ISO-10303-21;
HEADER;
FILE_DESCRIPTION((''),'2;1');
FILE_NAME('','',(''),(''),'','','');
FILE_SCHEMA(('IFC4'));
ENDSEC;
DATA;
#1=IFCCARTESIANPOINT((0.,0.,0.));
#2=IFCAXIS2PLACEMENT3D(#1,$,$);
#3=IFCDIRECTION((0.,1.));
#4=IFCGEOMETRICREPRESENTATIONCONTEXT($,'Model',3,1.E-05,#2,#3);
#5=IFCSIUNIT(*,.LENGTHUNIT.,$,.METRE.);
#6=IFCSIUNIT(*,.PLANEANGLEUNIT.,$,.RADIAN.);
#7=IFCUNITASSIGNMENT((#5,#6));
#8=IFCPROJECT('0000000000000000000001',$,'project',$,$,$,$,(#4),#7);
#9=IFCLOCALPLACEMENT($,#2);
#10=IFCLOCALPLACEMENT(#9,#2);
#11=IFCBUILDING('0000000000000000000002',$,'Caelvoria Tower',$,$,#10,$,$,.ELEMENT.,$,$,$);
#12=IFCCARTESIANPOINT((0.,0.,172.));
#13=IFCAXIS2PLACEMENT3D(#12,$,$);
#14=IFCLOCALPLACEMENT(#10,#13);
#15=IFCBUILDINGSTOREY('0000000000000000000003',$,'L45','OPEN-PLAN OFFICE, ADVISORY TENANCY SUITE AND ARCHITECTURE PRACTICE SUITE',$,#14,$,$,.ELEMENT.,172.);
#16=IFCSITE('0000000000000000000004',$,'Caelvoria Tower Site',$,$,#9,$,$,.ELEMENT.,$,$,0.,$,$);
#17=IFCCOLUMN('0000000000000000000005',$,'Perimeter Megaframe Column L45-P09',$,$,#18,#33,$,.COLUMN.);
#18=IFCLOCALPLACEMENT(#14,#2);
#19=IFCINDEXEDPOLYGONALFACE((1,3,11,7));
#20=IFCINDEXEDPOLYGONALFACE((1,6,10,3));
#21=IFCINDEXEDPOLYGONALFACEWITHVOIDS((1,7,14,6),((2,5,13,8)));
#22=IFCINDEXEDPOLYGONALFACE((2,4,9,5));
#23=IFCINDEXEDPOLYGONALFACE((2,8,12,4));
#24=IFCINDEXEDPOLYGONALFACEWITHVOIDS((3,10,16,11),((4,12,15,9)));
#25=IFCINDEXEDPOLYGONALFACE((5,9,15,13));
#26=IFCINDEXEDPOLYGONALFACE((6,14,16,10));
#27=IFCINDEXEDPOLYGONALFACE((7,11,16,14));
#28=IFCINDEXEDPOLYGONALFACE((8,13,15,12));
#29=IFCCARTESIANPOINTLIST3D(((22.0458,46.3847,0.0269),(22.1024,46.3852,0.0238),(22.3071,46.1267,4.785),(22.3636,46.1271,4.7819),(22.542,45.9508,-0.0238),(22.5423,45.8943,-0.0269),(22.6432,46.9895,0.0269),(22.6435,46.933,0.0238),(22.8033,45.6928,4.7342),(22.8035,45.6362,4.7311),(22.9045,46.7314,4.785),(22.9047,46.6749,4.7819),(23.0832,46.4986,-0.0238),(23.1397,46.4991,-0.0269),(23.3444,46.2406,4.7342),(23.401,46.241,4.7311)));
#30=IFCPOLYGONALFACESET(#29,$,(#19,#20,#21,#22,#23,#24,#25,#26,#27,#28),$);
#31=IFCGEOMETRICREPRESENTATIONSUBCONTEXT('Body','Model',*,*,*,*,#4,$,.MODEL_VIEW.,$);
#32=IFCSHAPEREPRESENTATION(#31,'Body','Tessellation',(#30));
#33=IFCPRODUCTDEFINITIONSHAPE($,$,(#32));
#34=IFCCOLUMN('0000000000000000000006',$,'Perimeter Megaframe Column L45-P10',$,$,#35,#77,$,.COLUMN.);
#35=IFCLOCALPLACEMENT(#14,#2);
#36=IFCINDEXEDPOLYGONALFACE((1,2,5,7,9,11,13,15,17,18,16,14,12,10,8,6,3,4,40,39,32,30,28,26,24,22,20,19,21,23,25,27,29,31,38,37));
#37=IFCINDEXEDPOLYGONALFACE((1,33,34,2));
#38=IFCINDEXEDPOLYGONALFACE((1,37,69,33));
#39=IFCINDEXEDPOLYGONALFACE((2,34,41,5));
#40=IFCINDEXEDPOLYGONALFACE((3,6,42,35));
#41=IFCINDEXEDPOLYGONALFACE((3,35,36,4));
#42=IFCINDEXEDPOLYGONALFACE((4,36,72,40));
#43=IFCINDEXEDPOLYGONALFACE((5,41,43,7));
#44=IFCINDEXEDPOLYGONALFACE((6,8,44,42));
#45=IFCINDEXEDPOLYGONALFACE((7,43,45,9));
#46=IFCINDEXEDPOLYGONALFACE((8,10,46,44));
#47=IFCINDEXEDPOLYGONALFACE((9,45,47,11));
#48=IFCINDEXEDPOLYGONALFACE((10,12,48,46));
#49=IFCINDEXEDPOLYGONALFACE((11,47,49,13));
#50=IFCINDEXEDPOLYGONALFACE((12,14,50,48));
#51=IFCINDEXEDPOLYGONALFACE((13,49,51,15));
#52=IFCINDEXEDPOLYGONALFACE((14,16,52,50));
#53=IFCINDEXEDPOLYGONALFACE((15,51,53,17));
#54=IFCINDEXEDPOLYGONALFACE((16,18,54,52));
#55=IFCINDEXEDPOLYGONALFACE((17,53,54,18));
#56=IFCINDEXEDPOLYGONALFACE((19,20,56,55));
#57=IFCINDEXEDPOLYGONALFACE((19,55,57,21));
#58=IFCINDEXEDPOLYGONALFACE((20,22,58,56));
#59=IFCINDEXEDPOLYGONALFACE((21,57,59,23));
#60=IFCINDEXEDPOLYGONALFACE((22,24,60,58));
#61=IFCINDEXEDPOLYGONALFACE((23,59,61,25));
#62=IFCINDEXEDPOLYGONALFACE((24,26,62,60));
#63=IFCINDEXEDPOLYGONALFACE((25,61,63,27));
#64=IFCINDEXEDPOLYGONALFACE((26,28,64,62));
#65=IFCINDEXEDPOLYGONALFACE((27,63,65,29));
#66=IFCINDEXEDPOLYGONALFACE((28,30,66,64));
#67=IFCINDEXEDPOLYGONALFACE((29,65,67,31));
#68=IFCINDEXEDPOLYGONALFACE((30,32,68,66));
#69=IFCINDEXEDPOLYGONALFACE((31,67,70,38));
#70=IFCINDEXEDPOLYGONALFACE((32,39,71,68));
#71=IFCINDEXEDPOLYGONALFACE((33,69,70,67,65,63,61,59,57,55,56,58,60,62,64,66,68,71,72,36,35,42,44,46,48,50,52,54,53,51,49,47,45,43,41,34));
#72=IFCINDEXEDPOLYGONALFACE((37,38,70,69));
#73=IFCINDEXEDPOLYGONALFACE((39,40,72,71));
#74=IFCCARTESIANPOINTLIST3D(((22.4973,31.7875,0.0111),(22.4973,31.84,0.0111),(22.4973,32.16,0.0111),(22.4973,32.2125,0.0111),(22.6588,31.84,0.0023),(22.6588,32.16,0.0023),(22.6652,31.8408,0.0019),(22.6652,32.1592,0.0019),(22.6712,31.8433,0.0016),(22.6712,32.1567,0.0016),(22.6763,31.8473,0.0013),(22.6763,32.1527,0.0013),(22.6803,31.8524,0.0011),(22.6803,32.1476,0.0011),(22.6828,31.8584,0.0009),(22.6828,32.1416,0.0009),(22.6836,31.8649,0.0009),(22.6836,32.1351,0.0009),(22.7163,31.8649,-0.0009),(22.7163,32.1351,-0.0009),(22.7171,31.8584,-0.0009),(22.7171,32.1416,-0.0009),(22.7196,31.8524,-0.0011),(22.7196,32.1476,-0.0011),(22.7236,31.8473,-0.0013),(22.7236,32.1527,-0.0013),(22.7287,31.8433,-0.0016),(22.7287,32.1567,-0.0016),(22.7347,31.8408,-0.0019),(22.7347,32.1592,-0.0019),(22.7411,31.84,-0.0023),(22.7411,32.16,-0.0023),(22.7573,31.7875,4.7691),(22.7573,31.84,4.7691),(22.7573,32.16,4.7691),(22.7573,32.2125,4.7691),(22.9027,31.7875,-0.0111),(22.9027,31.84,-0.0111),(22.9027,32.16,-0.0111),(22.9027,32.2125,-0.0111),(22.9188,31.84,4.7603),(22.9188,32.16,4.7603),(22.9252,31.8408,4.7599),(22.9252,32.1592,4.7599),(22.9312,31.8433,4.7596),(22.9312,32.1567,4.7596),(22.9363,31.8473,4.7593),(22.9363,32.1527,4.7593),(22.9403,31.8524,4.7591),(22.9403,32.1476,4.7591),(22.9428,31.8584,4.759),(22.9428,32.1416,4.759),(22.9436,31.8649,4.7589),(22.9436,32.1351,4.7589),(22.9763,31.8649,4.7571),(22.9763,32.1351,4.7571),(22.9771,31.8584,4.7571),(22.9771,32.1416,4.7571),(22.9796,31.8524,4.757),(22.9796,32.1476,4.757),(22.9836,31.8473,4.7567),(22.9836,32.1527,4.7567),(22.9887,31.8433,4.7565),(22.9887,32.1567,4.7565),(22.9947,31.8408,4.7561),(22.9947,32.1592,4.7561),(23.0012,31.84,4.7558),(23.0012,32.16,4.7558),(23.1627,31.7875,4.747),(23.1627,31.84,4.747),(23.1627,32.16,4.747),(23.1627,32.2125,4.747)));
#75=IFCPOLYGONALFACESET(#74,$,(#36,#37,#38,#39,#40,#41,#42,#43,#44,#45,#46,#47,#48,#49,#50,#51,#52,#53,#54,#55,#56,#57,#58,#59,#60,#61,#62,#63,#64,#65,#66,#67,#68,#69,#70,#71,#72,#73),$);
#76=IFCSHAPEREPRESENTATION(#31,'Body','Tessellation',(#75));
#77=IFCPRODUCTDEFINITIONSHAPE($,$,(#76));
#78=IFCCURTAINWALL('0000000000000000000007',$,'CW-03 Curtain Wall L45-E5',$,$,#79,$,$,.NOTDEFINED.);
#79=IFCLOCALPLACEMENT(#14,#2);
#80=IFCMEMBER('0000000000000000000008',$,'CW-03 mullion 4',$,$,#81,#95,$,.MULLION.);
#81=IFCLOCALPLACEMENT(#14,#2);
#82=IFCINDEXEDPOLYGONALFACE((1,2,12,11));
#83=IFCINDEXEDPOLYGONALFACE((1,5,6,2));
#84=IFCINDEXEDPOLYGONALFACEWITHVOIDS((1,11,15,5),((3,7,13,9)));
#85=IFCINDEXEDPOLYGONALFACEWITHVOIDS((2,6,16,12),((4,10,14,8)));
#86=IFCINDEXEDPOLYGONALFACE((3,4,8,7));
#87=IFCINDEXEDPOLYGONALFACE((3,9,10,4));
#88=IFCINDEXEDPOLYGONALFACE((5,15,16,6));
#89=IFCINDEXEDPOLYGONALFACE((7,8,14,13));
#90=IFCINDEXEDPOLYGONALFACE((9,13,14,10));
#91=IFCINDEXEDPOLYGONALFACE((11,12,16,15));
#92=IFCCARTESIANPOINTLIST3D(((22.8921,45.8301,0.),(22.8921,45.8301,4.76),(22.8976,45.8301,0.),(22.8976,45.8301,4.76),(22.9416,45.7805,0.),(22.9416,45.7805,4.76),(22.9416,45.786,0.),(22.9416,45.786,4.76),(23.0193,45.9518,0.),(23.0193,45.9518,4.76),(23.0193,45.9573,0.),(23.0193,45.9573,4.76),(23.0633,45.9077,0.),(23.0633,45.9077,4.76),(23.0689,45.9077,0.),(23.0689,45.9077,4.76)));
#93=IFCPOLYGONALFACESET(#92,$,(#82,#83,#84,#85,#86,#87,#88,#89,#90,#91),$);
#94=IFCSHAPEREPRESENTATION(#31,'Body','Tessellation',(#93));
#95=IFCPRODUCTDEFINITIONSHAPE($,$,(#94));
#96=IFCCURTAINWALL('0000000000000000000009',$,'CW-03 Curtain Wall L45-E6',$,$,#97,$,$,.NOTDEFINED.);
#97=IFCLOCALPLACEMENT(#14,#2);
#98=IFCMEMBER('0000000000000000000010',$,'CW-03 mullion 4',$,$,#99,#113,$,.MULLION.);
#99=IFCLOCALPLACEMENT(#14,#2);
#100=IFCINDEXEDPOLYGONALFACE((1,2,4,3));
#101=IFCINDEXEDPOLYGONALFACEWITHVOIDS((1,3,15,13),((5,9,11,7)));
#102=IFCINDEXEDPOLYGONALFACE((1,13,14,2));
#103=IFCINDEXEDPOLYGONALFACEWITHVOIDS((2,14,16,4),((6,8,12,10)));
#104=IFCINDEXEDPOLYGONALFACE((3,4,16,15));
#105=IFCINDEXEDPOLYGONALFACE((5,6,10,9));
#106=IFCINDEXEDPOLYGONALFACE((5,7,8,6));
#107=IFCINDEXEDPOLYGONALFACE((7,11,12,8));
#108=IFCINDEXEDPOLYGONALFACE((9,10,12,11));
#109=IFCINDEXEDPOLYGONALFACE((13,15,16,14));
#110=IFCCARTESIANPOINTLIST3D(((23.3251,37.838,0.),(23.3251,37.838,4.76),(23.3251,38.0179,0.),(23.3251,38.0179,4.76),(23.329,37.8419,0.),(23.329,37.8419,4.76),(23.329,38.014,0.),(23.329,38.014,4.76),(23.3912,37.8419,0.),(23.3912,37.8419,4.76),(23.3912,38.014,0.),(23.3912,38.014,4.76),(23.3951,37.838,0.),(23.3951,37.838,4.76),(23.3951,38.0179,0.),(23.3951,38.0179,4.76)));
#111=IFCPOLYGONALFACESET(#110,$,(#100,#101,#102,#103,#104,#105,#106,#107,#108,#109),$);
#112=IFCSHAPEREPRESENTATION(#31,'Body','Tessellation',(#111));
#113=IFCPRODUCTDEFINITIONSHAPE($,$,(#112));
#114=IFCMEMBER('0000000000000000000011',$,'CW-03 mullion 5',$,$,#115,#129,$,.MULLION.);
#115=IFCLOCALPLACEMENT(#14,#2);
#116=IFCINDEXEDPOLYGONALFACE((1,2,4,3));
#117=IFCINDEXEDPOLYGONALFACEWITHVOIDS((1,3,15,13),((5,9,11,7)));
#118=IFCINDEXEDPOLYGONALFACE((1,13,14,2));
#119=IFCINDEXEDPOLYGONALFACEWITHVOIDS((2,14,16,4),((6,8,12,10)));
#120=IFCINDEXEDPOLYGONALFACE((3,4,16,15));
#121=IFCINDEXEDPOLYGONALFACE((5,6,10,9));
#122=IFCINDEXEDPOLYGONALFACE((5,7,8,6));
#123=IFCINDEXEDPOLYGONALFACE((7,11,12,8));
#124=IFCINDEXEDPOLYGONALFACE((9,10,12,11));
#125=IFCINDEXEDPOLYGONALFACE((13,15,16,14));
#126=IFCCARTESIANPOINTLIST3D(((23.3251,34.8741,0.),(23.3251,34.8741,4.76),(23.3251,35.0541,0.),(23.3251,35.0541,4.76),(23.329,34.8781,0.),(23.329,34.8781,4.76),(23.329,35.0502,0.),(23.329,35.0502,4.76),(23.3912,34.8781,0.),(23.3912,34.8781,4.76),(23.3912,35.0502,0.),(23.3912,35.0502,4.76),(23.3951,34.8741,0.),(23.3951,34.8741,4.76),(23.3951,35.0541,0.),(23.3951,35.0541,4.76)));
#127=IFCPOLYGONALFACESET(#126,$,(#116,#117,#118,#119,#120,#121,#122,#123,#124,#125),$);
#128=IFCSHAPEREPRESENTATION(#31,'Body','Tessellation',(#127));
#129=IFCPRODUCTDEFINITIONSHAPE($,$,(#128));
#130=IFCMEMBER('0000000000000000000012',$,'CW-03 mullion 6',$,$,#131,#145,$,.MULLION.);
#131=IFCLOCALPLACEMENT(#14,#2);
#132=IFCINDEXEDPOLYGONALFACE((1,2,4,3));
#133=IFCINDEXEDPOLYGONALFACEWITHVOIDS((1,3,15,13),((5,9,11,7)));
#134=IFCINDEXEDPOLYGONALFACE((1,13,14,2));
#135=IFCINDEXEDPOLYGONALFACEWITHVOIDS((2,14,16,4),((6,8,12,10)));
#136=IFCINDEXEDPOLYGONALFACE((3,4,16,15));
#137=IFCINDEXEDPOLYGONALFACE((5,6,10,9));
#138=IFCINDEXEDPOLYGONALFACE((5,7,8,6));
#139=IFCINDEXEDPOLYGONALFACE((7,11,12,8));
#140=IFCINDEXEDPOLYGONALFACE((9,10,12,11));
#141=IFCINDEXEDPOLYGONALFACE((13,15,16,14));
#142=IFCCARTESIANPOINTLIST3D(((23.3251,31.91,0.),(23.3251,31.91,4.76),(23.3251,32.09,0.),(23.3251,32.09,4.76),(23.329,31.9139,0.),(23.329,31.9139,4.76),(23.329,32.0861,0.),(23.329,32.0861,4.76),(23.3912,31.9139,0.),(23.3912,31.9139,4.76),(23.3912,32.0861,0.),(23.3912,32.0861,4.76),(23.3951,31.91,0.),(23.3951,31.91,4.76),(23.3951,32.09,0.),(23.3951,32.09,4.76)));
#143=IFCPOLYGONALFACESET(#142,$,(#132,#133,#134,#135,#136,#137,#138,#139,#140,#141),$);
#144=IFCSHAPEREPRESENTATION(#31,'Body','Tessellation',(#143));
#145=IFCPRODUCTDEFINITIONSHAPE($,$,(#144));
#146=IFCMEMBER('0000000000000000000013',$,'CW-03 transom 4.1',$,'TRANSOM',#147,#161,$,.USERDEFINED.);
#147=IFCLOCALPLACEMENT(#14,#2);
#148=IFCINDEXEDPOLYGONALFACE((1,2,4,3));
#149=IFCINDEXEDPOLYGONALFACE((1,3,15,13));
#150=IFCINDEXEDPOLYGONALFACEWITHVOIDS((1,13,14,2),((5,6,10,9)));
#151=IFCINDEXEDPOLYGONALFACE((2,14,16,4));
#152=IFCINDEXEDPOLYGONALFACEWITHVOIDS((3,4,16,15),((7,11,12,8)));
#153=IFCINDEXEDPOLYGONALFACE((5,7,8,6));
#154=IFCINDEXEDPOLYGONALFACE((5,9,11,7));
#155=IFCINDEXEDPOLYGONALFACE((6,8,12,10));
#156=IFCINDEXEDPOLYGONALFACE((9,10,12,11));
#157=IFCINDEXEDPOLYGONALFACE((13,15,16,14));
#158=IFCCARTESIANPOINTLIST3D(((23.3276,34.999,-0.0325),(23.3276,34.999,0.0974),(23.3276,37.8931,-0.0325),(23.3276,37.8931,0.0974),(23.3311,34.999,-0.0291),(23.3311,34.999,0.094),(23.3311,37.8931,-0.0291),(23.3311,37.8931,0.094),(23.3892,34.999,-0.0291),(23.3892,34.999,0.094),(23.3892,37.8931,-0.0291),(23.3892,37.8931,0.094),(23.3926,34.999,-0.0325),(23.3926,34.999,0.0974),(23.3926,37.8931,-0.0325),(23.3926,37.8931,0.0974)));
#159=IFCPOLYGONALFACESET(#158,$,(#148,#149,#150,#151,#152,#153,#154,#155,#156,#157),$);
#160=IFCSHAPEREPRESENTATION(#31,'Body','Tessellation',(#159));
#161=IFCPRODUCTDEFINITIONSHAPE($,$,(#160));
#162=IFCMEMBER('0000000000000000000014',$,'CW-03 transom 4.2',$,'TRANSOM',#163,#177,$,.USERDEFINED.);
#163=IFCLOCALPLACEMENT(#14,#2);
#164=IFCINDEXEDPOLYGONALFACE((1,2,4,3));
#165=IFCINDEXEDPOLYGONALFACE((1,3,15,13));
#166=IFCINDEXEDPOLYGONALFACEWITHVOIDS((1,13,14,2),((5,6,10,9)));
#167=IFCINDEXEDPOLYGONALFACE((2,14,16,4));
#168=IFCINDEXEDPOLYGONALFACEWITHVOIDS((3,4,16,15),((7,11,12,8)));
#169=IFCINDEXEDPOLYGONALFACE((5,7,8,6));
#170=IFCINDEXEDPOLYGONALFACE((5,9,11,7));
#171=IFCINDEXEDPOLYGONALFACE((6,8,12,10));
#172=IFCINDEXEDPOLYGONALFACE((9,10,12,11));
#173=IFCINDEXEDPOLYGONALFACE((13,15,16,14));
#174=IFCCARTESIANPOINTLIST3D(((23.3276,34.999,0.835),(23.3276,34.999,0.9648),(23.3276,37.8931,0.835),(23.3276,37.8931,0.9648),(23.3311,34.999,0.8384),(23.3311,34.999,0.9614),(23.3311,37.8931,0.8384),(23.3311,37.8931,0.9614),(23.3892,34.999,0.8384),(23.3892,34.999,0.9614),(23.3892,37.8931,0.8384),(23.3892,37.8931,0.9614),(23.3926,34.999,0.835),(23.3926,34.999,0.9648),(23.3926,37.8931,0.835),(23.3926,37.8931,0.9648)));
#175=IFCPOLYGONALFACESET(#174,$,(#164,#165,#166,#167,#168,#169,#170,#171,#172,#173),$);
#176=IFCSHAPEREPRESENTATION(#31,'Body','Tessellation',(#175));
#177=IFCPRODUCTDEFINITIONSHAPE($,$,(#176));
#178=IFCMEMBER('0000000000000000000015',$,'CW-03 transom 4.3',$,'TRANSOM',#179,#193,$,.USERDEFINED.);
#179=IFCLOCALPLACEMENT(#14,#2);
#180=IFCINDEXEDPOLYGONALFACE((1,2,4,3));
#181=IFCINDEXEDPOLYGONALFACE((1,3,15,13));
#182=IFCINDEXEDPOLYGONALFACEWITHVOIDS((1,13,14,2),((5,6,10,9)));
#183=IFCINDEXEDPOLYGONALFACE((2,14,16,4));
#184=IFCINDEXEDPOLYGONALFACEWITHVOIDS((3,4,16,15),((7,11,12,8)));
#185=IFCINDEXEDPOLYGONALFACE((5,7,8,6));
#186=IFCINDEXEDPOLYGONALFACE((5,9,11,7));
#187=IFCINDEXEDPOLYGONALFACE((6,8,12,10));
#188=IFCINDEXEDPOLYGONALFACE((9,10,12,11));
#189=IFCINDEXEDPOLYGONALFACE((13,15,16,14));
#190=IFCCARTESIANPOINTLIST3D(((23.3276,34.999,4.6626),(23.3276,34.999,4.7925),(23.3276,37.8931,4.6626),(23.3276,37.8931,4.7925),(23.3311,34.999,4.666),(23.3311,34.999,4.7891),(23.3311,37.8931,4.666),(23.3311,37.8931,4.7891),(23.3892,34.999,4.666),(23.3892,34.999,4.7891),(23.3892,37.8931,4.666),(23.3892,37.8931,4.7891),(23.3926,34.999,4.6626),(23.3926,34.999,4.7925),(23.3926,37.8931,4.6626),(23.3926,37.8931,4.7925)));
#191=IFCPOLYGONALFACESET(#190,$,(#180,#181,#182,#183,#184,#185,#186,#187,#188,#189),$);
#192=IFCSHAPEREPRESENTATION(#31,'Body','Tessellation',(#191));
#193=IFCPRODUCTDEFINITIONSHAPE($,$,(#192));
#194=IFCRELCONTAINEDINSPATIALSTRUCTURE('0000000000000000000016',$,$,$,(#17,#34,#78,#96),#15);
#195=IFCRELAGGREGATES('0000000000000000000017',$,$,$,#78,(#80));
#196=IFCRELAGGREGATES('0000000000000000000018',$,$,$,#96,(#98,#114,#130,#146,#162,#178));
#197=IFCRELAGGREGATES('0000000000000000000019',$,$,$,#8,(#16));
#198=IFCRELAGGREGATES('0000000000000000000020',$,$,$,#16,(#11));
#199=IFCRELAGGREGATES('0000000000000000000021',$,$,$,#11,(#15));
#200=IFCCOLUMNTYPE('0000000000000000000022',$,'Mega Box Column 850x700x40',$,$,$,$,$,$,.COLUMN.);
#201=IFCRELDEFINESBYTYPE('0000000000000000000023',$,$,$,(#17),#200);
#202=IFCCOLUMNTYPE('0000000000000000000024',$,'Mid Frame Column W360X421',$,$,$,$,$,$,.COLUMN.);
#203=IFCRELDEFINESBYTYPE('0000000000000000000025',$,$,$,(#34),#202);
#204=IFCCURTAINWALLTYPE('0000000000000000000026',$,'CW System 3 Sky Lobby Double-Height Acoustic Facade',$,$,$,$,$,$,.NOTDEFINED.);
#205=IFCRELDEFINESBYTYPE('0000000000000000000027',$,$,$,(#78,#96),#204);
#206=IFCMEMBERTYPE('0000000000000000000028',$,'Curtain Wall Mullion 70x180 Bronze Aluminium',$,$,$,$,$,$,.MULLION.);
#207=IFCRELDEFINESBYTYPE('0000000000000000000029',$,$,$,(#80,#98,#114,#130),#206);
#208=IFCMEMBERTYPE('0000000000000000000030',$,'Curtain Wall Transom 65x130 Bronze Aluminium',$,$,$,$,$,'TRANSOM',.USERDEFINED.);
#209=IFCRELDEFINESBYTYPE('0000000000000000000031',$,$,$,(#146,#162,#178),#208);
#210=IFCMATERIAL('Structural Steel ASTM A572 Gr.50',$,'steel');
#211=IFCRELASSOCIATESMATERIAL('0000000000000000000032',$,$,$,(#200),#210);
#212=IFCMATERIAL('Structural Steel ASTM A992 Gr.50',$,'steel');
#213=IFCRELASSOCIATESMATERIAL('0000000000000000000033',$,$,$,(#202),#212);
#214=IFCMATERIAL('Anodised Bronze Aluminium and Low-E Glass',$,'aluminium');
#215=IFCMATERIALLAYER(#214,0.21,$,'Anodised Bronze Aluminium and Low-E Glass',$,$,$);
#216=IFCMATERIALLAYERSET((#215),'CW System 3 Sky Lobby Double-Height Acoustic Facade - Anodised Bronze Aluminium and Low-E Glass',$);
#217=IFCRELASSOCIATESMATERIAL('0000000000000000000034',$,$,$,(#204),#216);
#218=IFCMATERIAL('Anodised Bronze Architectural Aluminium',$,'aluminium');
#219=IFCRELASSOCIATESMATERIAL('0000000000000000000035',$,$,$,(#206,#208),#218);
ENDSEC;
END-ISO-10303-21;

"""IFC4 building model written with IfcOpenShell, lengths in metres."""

from ifc_helpers import new_model, si_unit, direction, frame, origin, origin_2d, place, context, subcontext, project, spatial, hollow_rectangle, i_section, extrude, material, layer, layer_set, material_profile, profile_set, type_object, element, aggregate, save


model = new_model("IFC4")

# Units and contexts
model_context = context("Model", 3, precision=1e-05, world=origin(), true_north=direction((0.0, 1.0)))
body_context = subcontext(model_context, "Body", "Model", "MODEL_VIEW")
ifc_project = project(units=[si_unit("LENGTHUNIT", "METRE"), si_unit("PLANEANGLEUNIT", "RADIAN")], contexts=[model_context])

# Site, building, storey
site_placement = place(None, origin())
site = spatial("IfcSite", under=ifc_project, at=site_placement, Name="Caelvoria Tower Site", CompositionType="ELEMENT", RefElevation=0.0)
building_placement = place(site_placement, origin())
building = spatial("IfcBuilding", under=site, at=building_placement, Name="Caelvoria Tower", CompositionType="ELEMENT")
storey_placement = place(building_placement, frame((0.0, 0.0, 172.0)))
storey = spatial("IfcBuildingStorey", under=building, at=storey_placement, Name="L45", Description="OPEN-PLAN OFFICE, ADVISORY TENANCY SUITE AND ARCHITECTURE PRACTICE SUITE", CompositionType="ELEMENT", Elevation=172.0)

# Columns
ifc_material_1 = material(Name="Structural Steel ASTM A572 Gr.50", Category="steel")
ifc_material_profile_1 = material_profile(ifc_material_1, hollow_rectangle(XDim=0.7, YDim=0.8501, WallThickness=0.04, at=origin_2d()), Name="Structural Steel ASTM A572 Gr.50")
ifc_profile_set_1 = profile_set([ifc_material_profile_1], Name="BOX850X700X40 - Structural Steel ASTM A572 Gr.50")
column_type_1 = type_object("IfcColumnType", Name="Mega Box Column 850x700x40", PredefinedType="COLUMN", material=ifc_profile_set_1)
column_1_placement = place(storey_placement, frame((22.5928, 46.4419, 0.0), z_axis=(0.05474, -0.054075, 0.997035), x_axis=(-0.709306, 0.700688, 0.076945)))
element("IfcColumn", 1, at=column_1_placement, inside=storey, type_object=column_type_1, Name="Perimeter Megaframe Column L45-P09", PredefinedType="COLUMN", context=body_context, shape_type="SweptSolid", body=[
    extrude(hollow_rectangle(XDim=0.7, YDim=0.8501, WallThickness=0.04, at=origin_2d()), origin(), (0.0, 0.0, 1.0), 4.7722),
])
ifc_material_2 = material(Name="Structural Steel ASTM A992 Gr.50", Category="steel")
ifc_material_profile_2 = material_profile(ifc_material_2, i_section(OverallWidth=0.406, OverallDepth=0.425, WebThickness=0.0327, FlangeThickness=0.0525, FilletRadius=0.0249, at=origin_2d()), Name="Structural Steel ASTM A992 Gr.50")
ifc_profile_set_2 = profile_set([ifc_material_profile_2], Name="W360X421 - Structural Steel ASTM A992 Gr.50")
column_type_2 = type_object("IfcColumnType", Name="Mid Frame Column W360X421", PredefinedType="COLUMN", material=ifc_profile_set_2)
column_2_placement = place(storey_placement, frame((22.7, 32.0, 0.0), z_axis=(0.054565, 0.0, 0.99851), x_axis=(-0.99851, 0.0, 0.054565)))
element("IfcColumn", 2, at=column_2_placement, inside=storey, type_object=column_type_2, Name="Perimeter Megaframe Column L45-P10", PredefinedType="COLUMN", context=body_context, shape_type="SweptSolid", body=[
    extrude(i_section(OverallWidth=0.406, OverallDepth=0.425, WebThickness=0.0327, FlangeThickness=0.0525, FilletRadius=0.0249, at=origin_2d()), origin(), (0.0, 0.0, 1.0), 4.7651),
])

# Curtain wall, member
ifc_material_3 = material(Name="Anodised Bronze Aluminium and Low-E Glass", Category="aluminium")
ifc_layer_1 = layer(ifc_material_3, 0.21, Name="Anodised Bronze Aluminium and Low-E Glass")
ifc_layer_set_1 = layer_set([ifc_layer_1], Name="CW System 3 Sky Lobby Double-Height Acoustic Facade - Anodised Bronze Aluminium and Low-E Glass")
curtain_wall_type = type_object("IfcCurtainWallType", Name="CW System 3 Sky Lobby Double-Height Acoustic Facade", PredefinedType="NOTDEFINED", material=ifc_layer_set_1)
curtain_wall_1_placement = place(storey_placement, origin())
curtain_wall_1 = element("IfcCurtainWall", 3, at=curtain_wall_1_placement, inside=storey, type_object=curtain_wall_type, Name="CW-03 Curtain Wall L45-E5", PredefinedType="NOTDEFINED")
ifc_material_4 = material(Name="Anodised Bronze Architectural Aluminium", Category="aluminium")
ifc_material_profile_3 = material_profile(ifc_material_4, hollow_rectangle(XDim=0.0701, YDim=0.1799, WallThickness=0.0039, at=origin_2d()), Name="Anodised Bronze Architectural Aluminium")
ifc_profile_set_3 = profile_set([ifc_material_profile_3], Name="CW_MULL_70X180 - Anodised Bronze Architectural Aluminium")
member_type_1 = type_object("IfcMemberType", Name="Curtain Wall Mullion 70x180 Bronze Aluminium", PredefinedType="MULLION", material=ifc_profile_set_3)
member_1_placement = place(storey_placement, frame((22.9805, 45.8689, 0.0), z_axis=(0.0, 0.0, 1.0), x_axis=(0.707107, -0.707107, 0.0)))
member_1 = element("IfcMember", 4, at=member_1_placement, type_object=member_type_1, Name="CW-03 mullion 4", PredefinedType="MULLION", context=body_context, shape_type="SweptSolid", body=[
    extrude(hollow_rectangle(XDim=0.0701, YDim=0.1799, WallThickness=0.0039, at=origin_2d()), origin(), (0.0, 0.0, 1.0), 4.76),
])
aggregate(curtain_wall_1, [member_1])

# Curtain wall, members
curtain_wall_2_placement = place(storey_placement, origin())
curtain_wall_2 = element("IfcCurtainWall", 5, at=curtain_wall_2_placement, inside=storey, type_object=curtain_wall_type, Name="CW-03 Curtain Wall L45-E6", PredefinedType="NOTDEFINED")
member_2_placement = place(storey_placement, frame((23.3601, 37.928, 0.0), z_axis=(0.0, 0.0, 1.0), x_axis=(1.0, 0.0, 0.0)))
member_2 = element("IfcMember", 6, at=member_2_placement, type_object=member_type_1, Name="CW-03 mullion 4", PredefinedType="MULLION", context=body_context, shape_type="SweptSolid", body=[
    extrude(hollow_rectangle(XDim=0.0701, YDim=0.1799, WallThickness=0.0039, at=origin_2d()), origin(), (0.0, 0.0, 1.0), 4.76),
])
member_3_placement = place(storey_placement, frame((23.3601, 34.9641, 0.0), z_axis=(0.0, 0.0, 1.0), x_axis=(1.0, 0.0, 0.0)))
member_3 = element("IfcMember", 7, at=member_3_placement, type_object=member_type_1, Name="CW-03 mullion 5", PredefinedType="MULLION", context=body_context, shape_type="SweptSolid", body=[
    extrude(hollow_rectangle(XDim=0.0701, YDim=0.1799, WallThickness=0.0039, at=origin_2d()), origin(), (0.0, 0.0, 1.0), 4.76),
])
member_4_placement = place(storey_placement, frame((23.3601, 32.0, 0.0), z_axis=(0.0, 0.0, 1.0), x_axis=(1.0, 0.0, 0.0)))
member_4 = element("IfcMember", 8, at=member_4_placement, type_object=member_type_1, Name="CW-03 mullion 6", PredefinedType="MULLION", context=body_context, shape_type="SweptSolid", body=[
    extrude(hollow_rectangle(XDim=0.0701, YDim=0.1799, WallThickness=0.0039, at=origin_2d()), origin(), (0.0, 0.0, 1.0), 4.76),
])
ifc_material_profile_4 = material_profile(ifc_material_4, hollow_rectangle(XDim=0.0649, YDim=0.1299, WallThickness=0.0034, at=origin_2d()), Name="Anodised Bronze Architectural Aluminium")
ifc_profile_set_4 = profile_set([ifc_material_profile_4], Name="CW_TRAN_65X130 - Anodised Bronze Architectural Aluminium")
member_type_2 = type_object("IfcMemberType", Name="Curtain Wall Transom 65x130 Bronze Aluminium", ElementType="TRANSOM", PredefinedType="USERDEFINED", material=ifc_profile_set_4)
member_5_placement = place(storey_placement, frame((23.3601, 37.8931, 0.0325), z_axis=(0.0, -1.0, 0.0), x_axis=(1.0, 0.0, 0.0)))
member_5 = element("IfcMember", 9, at=member_5_placement, type_object=member_type_2, Name="CW-03 transom 4.1", ObjectType="TRANSOM", PredefinedType="USERDEFINED", context=body_context, shape_type="SweptSolid", body=[
    extrude(hollow_rectangle(XDim=0.0649, YDim=0.1299, WallThickness=0.0034, at=origin_2d()), origin(), (0.0, 0.0, 1.0), 2.894),
])
member_6_placement = place(storey_placement, frame((23.3601, 37.8931, 0.8999), z_axis=(0.0, -1.0, 0.0), x_axis=(1.0, 0.0, 0.0)))
member_6 = element("IfcMember", 10, at=member_6_placement, type_object=member_type_2, Name="CW-03 transom 4.2", ObjectType="TRANSOM", PredefinedType="USERDEFINED", context=body_context, shape_type="SweptSolid", body=[
    extrude(hollow_rectangle(XDim=0.0649, YDim=0.1299, WallThickness=0.0034, at=origin_2d()), origin(), (0.0, 0.0, 1.0), 2.894),
])
member_7_placement = place(storey_placement, frame((23.3601, 37.8931, 4.7275), z_axis=(0.0, -1.0, 0.0), x_axis=(1.0, 0.0, 0.0)))
member_7 = element("IfcMember", 11, at=member_7_placement, type_object=member_type_2, Name="CW-03 transom 4.3", ObjectType="TRANSOM", PredefinedType="USERDEFINED", context=body_context, shape_type="SweptSolid", body=[
    extrude(hollow_rectangle(XDim=0.0649, YDim=0.1299, WallThickness=0.0034, at=origin_2d()), origin(), (0.0, 0.0, 1.0), 2.894),
])

aggregate(curtain_wall_2, [member_2, member_3, member_4, member_5, member_6, member_7])

save(model, "model.ifc")
